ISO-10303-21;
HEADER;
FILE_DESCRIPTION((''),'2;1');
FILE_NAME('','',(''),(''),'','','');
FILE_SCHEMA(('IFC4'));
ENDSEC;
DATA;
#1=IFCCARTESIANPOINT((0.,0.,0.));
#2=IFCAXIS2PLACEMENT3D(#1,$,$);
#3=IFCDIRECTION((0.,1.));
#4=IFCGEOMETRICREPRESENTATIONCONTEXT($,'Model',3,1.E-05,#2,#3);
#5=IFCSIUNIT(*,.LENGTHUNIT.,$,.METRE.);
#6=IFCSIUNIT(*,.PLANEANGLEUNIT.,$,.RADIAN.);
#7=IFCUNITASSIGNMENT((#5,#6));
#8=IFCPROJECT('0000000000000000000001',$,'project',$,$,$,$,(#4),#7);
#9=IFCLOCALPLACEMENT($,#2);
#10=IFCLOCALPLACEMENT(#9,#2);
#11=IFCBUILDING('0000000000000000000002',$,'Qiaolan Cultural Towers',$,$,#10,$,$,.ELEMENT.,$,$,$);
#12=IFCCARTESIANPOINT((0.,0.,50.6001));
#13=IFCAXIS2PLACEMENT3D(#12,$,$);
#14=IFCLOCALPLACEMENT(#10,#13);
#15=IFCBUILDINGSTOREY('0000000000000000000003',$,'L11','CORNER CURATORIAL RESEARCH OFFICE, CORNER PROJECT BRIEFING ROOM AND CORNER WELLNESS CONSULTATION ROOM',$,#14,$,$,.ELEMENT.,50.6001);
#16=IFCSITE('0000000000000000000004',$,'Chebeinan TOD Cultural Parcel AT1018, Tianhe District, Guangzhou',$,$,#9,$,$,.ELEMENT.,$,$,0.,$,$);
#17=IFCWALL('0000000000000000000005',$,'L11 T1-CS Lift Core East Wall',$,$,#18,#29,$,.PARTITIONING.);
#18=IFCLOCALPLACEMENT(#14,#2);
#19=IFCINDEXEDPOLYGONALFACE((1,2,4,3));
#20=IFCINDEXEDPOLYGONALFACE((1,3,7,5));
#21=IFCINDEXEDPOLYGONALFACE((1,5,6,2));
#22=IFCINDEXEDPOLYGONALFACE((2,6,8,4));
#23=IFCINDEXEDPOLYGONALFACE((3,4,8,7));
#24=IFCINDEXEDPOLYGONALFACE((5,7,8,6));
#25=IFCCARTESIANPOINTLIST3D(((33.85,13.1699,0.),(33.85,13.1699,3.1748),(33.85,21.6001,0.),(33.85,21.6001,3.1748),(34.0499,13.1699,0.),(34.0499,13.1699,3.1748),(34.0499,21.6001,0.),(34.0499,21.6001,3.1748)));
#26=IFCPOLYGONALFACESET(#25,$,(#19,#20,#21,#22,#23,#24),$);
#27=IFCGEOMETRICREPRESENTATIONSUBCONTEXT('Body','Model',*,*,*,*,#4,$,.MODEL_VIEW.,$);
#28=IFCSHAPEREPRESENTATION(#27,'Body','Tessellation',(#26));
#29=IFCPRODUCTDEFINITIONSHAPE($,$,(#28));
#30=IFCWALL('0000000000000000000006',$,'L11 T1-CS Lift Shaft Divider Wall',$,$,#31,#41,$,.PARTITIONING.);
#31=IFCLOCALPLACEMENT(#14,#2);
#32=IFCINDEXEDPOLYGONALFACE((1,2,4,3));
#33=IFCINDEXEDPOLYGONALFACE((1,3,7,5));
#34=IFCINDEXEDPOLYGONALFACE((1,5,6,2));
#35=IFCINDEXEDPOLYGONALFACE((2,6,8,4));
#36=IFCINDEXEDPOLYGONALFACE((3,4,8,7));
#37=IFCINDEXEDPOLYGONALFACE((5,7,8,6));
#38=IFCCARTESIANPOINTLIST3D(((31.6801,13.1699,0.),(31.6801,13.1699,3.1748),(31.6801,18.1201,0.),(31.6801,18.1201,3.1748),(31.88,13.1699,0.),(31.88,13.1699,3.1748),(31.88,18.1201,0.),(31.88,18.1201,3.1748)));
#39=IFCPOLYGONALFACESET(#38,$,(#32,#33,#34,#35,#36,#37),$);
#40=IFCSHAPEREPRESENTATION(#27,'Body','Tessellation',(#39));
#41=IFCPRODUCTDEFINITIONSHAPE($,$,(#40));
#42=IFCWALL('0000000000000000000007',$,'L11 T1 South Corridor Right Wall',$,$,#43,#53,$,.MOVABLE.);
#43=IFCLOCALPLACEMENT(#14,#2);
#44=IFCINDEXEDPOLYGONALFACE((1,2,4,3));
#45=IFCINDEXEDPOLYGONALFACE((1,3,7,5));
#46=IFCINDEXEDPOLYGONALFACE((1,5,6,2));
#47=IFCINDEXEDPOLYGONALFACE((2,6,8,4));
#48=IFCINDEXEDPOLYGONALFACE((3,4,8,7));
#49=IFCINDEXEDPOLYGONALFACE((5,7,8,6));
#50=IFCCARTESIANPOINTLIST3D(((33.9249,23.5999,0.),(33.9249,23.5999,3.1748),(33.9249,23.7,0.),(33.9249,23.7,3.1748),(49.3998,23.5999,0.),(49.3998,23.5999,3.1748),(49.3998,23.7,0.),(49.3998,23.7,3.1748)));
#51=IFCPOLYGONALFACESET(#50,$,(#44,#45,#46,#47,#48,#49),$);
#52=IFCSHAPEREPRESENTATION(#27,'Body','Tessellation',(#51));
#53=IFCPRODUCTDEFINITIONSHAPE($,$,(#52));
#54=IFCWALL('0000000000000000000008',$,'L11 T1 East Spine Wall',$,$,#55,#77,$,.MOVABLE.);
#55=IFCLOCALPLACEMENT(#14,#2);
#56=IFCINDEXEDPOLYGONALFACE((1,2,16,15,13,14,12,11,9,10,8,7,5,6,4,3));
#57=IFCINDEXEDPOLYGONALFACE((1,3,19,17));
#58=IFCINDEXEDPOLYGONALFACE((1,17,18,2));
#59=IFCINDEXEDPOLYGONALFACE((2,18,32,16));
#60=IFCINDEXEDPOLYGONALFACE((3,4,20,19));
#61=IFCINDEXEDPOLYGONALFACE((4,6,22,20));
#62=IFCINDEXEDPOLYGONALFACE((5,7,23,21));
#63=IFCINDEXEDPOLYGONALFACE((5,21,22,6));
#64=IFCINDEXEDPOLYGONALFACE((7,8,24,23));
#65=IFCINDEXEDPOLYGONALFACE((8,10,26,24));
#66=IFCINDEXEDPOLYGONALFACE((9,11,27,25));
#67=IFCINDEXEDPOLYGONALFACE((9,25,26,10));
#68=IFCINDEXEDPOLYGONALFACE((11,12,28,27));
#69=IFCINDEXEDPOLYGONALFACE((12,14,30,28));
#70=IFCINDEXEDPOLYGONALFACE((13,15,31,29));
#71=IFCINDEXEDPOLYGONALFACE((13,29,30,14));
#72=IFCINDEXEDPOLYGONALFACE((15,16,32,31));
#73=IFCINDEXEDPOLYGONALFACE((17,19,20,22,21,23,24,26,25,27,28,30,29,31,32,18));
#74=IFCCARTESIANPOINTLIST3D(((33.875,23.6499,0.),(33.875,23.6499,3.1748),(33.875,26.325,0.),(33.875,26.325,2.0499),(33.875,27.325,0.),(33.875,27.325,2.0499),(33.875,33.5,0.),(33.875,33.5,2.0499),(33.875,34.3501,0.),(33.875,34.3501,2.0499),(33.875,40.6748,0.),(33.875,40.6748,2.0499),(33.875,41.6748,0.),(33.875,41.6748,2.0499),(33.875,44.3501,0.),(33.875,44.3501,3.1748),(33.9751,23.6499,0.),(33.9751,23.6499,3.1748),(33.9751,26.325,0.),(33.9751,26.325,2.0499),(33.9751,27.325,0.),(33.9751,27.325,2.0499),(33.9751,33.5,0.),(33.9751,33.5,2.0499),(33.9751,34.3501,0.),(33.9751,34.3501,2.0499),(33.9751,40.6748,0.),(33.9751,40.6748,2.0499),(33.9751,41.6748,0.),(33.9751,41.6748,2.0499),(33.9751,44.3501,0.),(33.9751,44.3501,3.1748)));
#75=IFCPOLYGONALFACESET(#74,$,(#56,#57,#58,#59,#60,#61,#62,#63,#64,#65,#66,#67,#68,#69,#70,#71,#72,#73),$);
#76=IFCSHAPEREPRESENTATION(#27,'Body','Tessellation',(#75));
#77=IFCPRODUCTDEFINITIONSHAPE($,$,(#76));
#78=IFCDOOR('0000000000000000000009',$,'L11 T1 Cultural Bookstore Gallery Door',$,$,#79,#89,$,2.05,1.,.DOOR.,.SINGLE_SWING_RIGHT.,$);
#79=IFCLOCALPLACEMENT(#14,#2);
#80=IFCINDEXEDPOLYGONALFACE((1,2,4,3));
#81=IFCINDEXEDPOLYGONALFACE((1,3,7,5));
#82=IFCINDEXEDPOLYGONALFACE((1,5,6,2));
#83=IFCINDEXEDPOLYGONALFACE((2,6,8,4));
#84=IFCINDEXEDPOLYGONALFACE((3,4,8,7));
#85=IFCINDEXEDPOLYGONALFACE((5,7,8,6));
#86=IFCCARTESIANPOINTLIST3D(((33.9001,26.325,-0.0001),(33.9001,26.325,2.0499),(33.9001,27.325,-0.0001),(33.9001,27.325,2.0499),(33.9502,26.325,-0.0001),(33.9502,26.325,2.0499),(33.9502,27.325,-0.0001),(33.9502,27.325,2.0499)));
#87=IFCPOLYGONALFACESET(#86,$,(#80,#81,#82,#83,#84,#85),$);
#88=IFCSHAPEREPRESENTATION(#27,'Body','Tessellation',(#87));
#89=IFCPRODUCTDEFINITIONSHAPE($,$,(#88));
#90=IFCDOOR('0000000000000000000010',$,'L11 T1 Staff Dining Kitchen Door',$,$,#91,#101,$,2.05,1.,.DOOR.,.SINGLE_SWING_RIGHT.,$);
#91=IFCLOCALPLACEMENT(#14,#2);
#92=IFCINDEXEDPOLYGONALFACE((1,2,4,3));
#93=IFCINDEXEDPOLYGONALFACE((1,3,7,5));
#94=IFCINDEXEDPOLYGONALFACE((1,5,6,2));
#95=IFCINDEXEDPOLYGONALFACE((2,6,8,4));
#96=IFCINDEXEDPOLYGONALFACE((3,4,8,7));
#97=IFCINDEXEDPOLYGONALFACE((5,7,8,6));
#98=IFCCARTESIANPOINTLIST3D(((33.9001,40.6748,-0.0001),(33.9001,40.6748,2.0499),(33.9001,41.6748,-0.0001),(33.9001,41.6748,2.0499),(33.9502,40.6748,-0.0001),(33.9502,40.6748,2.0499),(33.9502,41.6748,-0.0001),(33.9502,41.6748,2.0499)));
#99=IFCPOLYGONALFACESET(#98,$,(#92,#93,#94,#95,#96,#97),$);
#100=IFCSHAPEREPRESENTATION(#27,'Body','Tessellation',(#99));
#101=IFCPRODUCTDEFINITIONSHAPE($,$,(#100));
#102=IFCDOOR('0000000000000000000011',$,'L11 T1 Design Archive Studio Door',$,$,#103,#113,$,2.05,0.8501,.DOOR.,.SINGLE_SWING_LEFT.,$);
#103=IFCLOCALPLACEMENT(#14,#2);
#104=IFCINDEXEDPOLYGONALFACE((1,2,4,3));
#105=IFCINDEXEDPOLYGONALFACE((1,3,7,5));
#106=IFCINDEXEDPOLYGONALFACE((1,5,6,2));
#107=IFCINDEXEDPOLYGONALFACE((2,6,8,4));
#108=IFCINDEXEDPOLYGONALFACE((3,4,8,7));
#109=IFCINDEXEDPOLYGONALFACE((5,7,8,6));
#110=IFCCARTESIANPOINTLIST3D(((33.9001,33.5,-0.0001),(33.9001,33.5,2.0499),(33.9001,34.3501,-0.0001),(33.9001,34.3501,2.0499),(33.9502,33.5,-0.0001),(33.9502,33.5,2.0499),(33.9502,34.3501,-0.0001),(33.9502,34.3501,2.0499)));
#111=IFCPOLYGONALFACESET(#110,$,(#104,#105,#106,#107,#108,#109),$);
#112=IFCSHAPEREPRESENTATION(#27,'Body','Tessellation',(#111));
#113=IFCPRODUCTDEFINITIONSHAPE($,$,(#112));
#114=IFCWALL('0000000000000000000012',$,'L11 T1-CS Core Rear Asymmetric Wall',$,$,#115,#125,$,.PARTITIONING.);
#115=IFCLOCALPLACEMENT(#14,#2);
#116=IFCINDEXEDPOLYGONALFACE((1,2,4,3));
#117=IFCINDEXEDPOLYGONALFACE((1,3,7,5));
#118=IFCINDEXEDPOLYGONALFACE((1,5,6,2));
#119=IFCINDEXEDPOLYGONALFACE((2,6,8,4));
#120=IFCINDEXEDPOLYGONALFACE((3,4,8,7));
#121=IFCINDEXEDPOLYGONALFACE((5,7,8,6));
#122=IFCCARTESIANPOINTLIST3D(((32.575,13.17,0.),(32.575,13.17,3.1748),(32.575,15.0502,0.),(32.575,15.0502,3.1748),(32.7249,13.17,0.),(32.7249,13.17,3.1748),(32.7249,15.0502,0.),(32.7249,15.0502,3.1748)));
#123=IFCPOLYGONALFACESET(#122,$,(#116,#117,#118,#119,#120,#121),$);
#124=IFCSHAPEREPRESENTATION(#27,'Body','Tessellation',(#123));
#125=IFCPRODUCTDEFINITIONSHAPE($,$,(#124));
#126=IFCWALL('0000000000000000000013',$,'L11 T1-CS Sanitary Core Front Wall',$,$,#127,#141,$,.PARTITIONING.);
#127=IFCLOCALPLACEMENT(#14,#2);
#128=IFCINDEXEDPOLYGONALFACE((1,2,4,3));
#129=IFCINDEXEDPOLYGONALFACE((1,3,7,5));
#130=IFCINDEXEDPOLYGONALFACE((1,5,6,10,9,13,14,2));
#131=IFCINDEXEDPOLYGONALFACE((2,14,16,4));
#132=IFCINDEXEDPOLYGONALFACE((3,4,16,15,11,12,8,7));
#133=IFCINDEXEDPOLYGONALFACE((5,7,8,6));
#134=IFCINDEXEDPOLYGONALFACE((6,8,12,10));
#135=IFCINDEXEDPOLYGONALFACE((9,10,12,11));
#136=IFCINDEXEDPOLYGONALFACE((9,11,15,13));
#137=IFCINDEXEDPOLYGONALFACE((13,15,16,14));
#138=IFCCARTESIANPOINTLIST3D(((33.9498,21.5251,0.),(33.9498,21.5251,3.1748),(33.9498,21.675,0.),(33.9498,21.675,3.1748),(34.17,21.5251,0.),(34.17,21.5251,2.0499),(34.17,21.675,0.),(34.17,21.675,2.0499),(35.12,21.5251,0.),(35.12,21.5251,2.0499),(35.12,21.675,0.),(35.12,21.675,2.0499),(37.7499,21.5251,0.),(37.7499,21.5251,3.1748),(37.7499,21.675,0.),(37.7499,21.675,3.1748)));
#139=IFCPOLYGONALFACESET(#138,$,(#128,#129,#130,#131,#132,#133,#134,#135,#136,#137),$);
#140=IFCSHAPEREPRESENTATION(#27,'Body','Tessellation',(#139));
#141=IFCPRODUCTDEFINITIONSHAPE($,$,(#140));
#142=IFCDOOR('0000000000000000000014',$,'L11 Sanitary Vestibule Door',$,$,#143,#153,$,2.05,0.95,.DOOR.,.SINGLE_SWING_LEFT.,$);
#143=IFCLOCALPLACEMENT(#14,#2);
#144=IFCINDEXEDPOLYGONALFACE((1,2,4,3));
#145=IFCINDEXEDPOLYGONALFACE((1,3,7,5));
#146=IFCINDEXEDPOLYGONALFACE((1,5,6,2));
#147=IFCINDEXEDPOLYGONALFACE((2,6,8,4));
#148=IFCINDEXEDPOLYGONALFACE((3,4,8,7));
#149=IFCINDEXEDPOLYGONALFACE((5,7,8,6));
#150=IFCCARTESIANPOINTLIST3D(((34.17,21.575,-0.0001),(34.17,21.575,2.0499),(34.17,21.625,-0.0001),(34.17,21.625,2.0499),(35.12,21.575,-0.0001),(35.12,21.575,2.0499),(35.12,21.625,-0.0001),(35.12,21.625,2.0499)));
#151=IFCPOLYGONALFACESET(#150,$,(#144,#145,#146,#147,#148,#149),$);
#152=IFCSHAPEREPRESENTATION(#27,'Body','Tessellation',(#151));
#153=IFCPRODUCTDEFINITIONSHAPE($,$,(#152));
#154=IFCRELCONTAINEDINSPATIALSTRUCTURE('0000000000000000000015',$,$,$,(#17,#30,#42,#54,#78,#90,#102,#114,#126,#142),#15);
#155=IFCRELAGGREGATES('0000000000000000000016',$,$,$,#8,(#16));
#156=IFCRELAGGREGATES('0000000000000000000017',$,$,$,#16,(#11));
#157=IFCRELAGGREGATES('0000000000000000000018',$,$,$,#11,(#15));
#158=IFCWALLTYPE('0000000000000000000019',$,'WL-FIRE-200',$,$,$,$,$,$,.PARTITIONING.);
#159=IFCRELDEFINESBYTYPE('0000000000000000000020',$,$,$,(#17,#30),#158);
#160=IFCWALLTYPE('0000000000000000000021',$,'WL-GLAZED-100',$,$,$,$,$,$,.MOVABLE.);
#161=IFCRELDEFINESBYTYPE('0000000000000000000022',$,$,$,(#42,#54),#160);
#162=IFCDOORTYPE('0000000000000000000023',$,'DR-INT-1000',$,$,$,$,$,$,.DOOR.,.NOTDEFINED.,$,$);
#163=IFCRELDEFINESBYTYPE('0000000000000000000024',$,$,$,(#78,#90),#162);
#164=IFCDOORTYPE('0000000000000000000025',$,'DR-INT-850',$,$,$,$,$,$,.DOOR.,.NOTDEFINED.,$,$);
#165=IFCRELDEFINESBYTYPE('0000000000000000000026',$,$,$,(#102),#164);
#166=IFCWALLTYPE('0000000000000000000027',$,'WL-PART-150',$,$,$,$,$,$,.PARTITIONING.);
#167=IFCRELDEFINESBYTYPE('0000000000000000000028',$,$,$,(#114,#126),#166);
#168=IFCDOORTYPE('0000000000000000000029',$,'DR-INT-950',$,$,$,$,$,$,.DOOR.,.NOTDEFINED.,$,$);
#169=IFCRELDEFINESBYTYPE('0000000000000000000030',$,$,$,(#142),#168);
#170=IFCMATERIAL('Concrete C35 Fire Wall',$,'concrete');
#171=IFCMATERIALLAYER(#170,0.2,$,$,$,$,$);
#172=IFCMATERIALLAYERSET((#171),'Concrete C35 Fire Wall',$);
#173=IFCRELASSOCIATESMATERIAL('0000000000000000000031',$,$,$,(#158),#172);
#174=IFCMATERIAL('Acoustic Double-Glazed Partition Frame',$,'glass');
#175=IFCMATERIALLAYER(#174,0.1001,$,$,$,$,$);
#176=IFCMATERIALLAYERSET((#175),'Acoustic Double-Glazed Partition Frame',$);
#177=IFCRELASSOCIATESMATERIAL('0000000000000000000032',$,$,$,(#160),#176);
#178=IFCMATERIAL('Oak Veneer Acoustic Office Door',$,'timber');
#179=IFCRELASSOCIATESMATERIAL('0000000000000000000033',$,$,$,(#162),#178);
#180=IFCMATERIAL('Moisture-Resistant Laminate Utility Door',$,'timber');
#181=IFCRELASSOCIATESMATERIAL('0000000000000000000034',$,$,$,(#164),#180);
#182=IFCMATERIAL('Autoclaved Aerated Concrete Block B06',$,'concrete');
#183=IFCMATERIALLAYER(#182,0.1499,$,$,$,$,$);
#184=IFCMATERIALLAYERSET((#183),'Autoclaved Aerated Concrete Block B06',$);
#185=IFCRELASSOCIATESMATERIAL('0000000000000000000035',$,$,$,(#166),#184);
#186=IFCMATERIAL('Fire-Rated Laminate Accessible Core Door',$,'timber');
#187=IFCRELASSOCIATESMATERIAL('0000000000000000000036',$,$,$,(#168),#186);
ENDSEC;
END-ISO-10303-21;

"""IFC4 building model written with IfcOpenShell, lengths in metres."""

from ifc_helpers import new_model, si_unit, direction, frame, frame_2d, origin, place, context, subcontext, project, spatial, rectangle, extrude, material, layer, layer_set, type_object, element, fill, save


model = new_model("IFC4")

# Units and contexts
model_context = context("Model", 3, precision=1e-05, world=origin(), true_north=direction((0.0, 1.0)))
body_context = subcontext(model_context, "Body", "Model", "MODEL_VIEW")
ifc_project = project(units=[si_unit("LENGTHUNIT", "METRE"), si_unit("PLANEANGLEUNIT", "RADIAN")], contexts=[model_context])

# Site, building, storey
site_placement = place(None, origin())
site = spatial("IfcSite", under=ifc_project, at=site_placement, Name="Chebeinan TOD Cultural Parcel AT1018, Tianhe District, Guangzhou", CompositionType="ELEMENT", RefElevation=0.0)
building_placement = place(site_placement, origin())
building = spatial("IfcBuilding", under=site, at=building_placement, Name="Qiaolan Cultural Towers", CompositionType="ELEMENT")
storey_placement = place(building_placement, frame((0.0, 0.0, 50.6001)))
storey = spatial("IfcBuildingStorey", under=building, at=storey_placement, Name="L11", Description="CORNER CURATORIAL RESEARCH OFFICE, CORNER PROJECT BRIEFING ROOM AND CORNER WELLNESS CONSULTATION ROOM", CompositionType="ELEMENT", Elevation=50.6001)

# Walls
ifc_material_1 = material(Name="Concrete C35 Fire Wall", Category="concrete")
ifc_layer_1 = layer(ifc_material_1, 0.2)
ifc_layer_set_1 = layer_set([ifc_layer_1], Name="Concrete C35 Fire Wall")
wall_type_1 = type_object("IfcWallType", Name="WL-FIRE-200", PredefinedType="PARTITIONING", material=ifc_layer_set_1)
wall_1_placement = place(storey_placement, frame((33.95, 21.6001, 0.0), z_axis=(0.0, 0.0, 1.0), x_axis=(0.0, -1.0, 0.0)))
element("IfcWall", 1, at=wall_1_placement, inside=storey, type_object=wall_type_1, Name="L11 T1-CS Lift Core East Wall", PredefinedType="PARTITIONING", context=body_context, shape_type="SweptSolid", body=[
    extrude(rectangle(XDim=8.4302, YDim=0.2, at=frame_2d((4.2151, 0.0))), origin(), (0.0, 0.0, 1.0), 3.1748),
])
wall_2_placement = place(storey_placement, frame((31.78, 18.1201, 0.0), z_axis=(0.0, 0.0, 1.0), x_axis=(0.0, -1.0, 0.0)))
element("IfcWall", 2, at=wall_2_placement, inside=storey, type_object=wall_type_1, Name="L11 T1-CS Lift Shaft Divider Wall", PredefinedType="PARTITIONING", context=body_context, shape_type="SweptSolid", body=[
    extrude(rectangle(XDim=4.9502, YDim=0.2, at=frame_2d((2.4751, 0.0))), origin(), (0.0, 0.0, 1.0), 3.1748),
])
ifc_material_2 = material(Name="Acoustic Double-Glazed Partition Frame", Category="glass")
ifc_layer_2 = layer(ifc_material_2, 0.1001)
ifc_layer_set_2 = layer_set([ifc_layer_2], Name="Acoustic Double-Glazed Partition Frame")
wall_type_2 = type_object("IfcWallType", Name="WL-GLAZED-100", PredefinedType="MOVABLE", material=ifc_layer_set_2)
wall_3_placement = place(storey_placement, frame((33.925, 23.6499, 0.0), z_axis=(0.0, 0.0, 1.0), x_axis=(1.0, 0.0, 0.0)))
element("IfcWall", 3, at=wall_3_placement, inside=storey, type_object=wall_type_2, Name="L11 T1 South Corridor Right Wall", PredefinedType="MOVABLE", context=body_context, shape_type="SweptSolid", body=[
    extrude(rectangle(XDim=15.4749, YDim=0.1001, at=frame_2d((7.7373, 0.0))), origin(), (0.0, 0.0, 1.0), 3.1748),
])

# Wall, openings, doors
wall_4_placement = place(storey_placement, frame((33.925, 23.6499, 0.0), z_axis=(0.0, 0.0, 1.0), x_axis=(0.0, 1.0, 0.0)))
wall_4 = element("IfcWall", 4, at=wall_4_placement, inside=storey, type_object=wall_type_2, Name="L11 T1 East Spine Wall", PredefinedType="MOVABLE", context=body_context, shape_type="SweptSolid", body=[
    extrude(rectangle(XDim=20.7002, YDim=0.1001, at=frame_2d((10.3501, 0.0))), origin(), (0.0, 0.0, 1.0), 3.1748),
])
opening_1_placement = place(wall_4_placement, frame((2.675, 0.0, 0.0)))
opening_1 = element("IfcOpeningElement", 5, at=opening_1_placement, cuts=wall_4, PredefinedType="OPENING", context=body_context, shape_type="SweptSolid", body=[
    extrude(rectangle(XDim=1.0, YDim=2.05, at=frame_2d((0.5, 1.0249))), frame((0.0, 0.0601, 0.0), z_axis=(0.0, -1.0, 0.0), x_axis=(1.0, 0.0, 0.0)), (0.0, 0.0, 1.0), 0.1201),
])
opening_2_placement = place(wall_4_placement, frame((9.8501, 0.0, 0.0)))
opening_2 = element("IfcOpeningElement", 6, at=opening_2_placement, cuts=wall_4, PredefinedType="OPENING", context=body_context, shape_type="SweptSolid", body=[
    extrude(rectangle(XDim=0.8501, YDim=2.05, at=frame_2d((0.425, 1.0249))), frame((0.0, 0.0601, 0.0), z_axis=(0.0, -1.0, 0.0), x_axis=(1.0, 0.0, 0.0)), (0.0, 0.0, 1.0), 0.1201),
])
opening_3_placement = place(wall_4_placement, frame((17.0249, 0.0, 0.0)))
opening_3 = element("IfcOpeningElement", 7, at=opening_3_placement, cuts=wall_4, PredefinedType="OPENING", context=body_context, shape_type="SweptSolid", body=[
    extrude(rectangle(XDim=1.0, YDim=2.05, at=frame_2d((0.5, 1.0249))), frame((0.0, 0.0601, 0.0), z_axis=(0.0, -1.0, 0.0), x_axis=(1.0, 0.0, 0.0)), (0.0, 0.0, 1.0), 0.1201),
])
ifc_material_3 = material(Name="Oak Veneer Acoustic Office Door", Category="timber")
door_type_1 = type_object("IfcDoorType", Name="DR-INT-1000", OperationType="NOTDEFINED", PredefinedType="DOOR", material=ifc_material_3)
door_1_placement = place(opening_1_placement, origin())
door_1 = element("IfcDoor", 8, at=door_1_placement, inside=storey, type_object=door_type_1, Name="L11 T1 Cultural Bookstore Gallery Door", OperationType="SINGLE_SWING_RIGHT", OverallHeight=2.05, OverallWidth=1.0, PredefinedType="DOOR", context=body_context, shape_type="SweptSolid", body=[
    extrude(rectangle(XDim=1.0, YDim=2.05, at=frame_2d((0.5, 1.0249))), frame((0.0, 0.0249, 0.0), z_axis=(0.0, -1.0, 0.0), x_axis=(1.0, 0.0, 0.0)), (0.0, 0.0, 1.0), 0.05),
])
fill(opening_1, door_1)
door_2_placement = place(opening_3_placement, origin())
door_2 = element("IfcDoor", 9, at=door_2_placement, inside=storey, type_object=door_type_1, Name="L11 T1 Staff Dining Kitchen Door", OperationType="SINGLE_SWING_RIGHT", OverallHeight=2.05, OverallWidth=1.0, PredefinedType="DOOR", context=body_context, shape_type="SweptSolid", body=[
    extrude(rectangle(XDim=1.0, YDim=2.05, at=frame_2d((0.5, 1.0249))), frame((0.0, 0.0249, 0.0), z_axis=(0.0, -1.0, 0.0), x_axis=(1.0, 0.0, 0.0)), (0.0, 0.0, 1.0), 0.05),
])
fill(opening_3, door_2)
ifc_material_4 = material(Name="Moisture-Resistant Laminate Utility Door", Category="timber")
door_type_2 = type_object("IfcDoorType", Name="DR-INT-850", OperationType="NOTDEFINED", PredefinedType="DOOR", material=ifc_material_4)
door_3_placement = place(opening_2_placement, origin())
door_3 = element("IfcDoor", 10, at=door_3_placement, inside=storey, type_object=door_type_2, Name="L11 T1 Design Archive Studio Door", OperationType="SINGLE_SWING_LEFT", OverallHeight=2.05, OverallWidth=0.8501, PredefinedType="DOOR", context=body_context, shape_type="SweptSolid", body=[
    extrude(rectangle(XDim=0.8501, YDim=2.05, at=frame_2d((0.425, 1.0249))), frame((0.0, 0.0249, 0.0), z_axis=(0.0, -1.0, 0.0), x_axis=(1.0, 0.0, 0.0)), (0.0, 0.0, 1.0), 0.05),
])
fill(opening_2, door_3)

# Wall
ifc_material_5 = material(Name="Autoclaved Aerated Concrete Block B06", Category="concrete")
ifc_layer_3 = layer(ifc_material_5, 0.1499)
ifc_layer_set_3 = layer_set([ifc_layer_3], Name="Autoclaved Aerated Concrete Block B06")
wall_type_3 = type_object("IfcWallType", Name="WL-PART-150", PredefinedType="PARTITIONING", material=ifc_layer_set_3)
wall_5_placement = place(storey_placement, frame((32.6499, 15.05, 0.0), z_axis=(0.0, 0.0, 1.0), x_axis=(0.0, -1.0, 0.0)))
element("IfcWall", 11, at=wall_5_placement, inside=storey, type_object=wall_type_3, Name="L11 T1-CS Core Rear Asymmetric Wall", PredefinedType="PARTITIONING", context=body_context, shape_type="SweptSolid", body=[
    extrude(rectangle(XDim=1.8801, YDim=0.1499, at=frame_2d((0.9399, 0.0))), origin(), (0.0, 0.0, 1.0), 3.1748),
])

# Wall, opening, door
wall_6_placement = place(storey_placement, frame((33.95, 21.6001, 0.0), z_axis=(0.0, 0.0, 1.0), x_axis=(1.0, 0.0, 0.0)))
wall_6 = element("IfcWall", 12, at=wall_6_placement, inside=storey, type_object=wall_type_3, Name="L11 T1-CS Sanitary Core Front Wall", PredefinedType="PARTITIONING", context=body_context, shape_type="SweptSolid", body=[
    extrude(rectangle(XDim=3.8, YDim=0.1499, at=frame_2d((1.8999, 0.0))), origin(), (0.0, 0.0, 1.0), 3.1748),
])
opening_4_placement = place(wall_6_placement, frame((0.22, 0.0, 0.0)))
opening_4 = element("IfcOpeningElement", 13, at=opening_4_placement, cuts=wall_6, PredefinedType="OPENING", context=body_context, shape_type="SweptSolid", body=[
    extrude(rectangle(XDim=0.95, YDim=2.05, at=frame_2d((0.4751, 1.0249))), frame((0.0, 0.085, 0.0), z_axis=(0.0, -1.0, 0.0), x_axis=(1.0, 0.0, 0.0)), (0.0, 0.0, 1.0), 0.1699),
])
ifc_material_6 = material(Name="Fire-Rated Laminate Accessible Core Door", Category="timber")
door_type_3 = type_object("IfcDoorType", Name="DR-INT-950", OperationType="NOTDEFINED", PredefinedType="DOOR", material=ifc_material_6)
door_4_placement = place(opening_4_placement, origin())
door_4 = element("IfcDoor", 14, at=door_4_placement, inside=storey, type_object=door_type_3, Name="L11 Sanitary Vestibule Door", OperationType="SINGLE_SWING_LEFT", OverallHeight=2.05, OverallWidth=0.95, PredefinedType="DOOR", context=body_context, shape_type="SweptSolid", body=[
    extrude(rectangle(XDim=0.95, YDim=2.05, at=frame_2d((0.4751, 1.0249))), frame((0.0, 0.0249, 0.0), z_axis=(0.0, -1.0, 0.0), x_axis=(1.0, 0.0, 0.0)), (0.0, 0.0, 1.0), 0.05),
])
fill(opening_4, door_4)

save(model, "model.ifc")
